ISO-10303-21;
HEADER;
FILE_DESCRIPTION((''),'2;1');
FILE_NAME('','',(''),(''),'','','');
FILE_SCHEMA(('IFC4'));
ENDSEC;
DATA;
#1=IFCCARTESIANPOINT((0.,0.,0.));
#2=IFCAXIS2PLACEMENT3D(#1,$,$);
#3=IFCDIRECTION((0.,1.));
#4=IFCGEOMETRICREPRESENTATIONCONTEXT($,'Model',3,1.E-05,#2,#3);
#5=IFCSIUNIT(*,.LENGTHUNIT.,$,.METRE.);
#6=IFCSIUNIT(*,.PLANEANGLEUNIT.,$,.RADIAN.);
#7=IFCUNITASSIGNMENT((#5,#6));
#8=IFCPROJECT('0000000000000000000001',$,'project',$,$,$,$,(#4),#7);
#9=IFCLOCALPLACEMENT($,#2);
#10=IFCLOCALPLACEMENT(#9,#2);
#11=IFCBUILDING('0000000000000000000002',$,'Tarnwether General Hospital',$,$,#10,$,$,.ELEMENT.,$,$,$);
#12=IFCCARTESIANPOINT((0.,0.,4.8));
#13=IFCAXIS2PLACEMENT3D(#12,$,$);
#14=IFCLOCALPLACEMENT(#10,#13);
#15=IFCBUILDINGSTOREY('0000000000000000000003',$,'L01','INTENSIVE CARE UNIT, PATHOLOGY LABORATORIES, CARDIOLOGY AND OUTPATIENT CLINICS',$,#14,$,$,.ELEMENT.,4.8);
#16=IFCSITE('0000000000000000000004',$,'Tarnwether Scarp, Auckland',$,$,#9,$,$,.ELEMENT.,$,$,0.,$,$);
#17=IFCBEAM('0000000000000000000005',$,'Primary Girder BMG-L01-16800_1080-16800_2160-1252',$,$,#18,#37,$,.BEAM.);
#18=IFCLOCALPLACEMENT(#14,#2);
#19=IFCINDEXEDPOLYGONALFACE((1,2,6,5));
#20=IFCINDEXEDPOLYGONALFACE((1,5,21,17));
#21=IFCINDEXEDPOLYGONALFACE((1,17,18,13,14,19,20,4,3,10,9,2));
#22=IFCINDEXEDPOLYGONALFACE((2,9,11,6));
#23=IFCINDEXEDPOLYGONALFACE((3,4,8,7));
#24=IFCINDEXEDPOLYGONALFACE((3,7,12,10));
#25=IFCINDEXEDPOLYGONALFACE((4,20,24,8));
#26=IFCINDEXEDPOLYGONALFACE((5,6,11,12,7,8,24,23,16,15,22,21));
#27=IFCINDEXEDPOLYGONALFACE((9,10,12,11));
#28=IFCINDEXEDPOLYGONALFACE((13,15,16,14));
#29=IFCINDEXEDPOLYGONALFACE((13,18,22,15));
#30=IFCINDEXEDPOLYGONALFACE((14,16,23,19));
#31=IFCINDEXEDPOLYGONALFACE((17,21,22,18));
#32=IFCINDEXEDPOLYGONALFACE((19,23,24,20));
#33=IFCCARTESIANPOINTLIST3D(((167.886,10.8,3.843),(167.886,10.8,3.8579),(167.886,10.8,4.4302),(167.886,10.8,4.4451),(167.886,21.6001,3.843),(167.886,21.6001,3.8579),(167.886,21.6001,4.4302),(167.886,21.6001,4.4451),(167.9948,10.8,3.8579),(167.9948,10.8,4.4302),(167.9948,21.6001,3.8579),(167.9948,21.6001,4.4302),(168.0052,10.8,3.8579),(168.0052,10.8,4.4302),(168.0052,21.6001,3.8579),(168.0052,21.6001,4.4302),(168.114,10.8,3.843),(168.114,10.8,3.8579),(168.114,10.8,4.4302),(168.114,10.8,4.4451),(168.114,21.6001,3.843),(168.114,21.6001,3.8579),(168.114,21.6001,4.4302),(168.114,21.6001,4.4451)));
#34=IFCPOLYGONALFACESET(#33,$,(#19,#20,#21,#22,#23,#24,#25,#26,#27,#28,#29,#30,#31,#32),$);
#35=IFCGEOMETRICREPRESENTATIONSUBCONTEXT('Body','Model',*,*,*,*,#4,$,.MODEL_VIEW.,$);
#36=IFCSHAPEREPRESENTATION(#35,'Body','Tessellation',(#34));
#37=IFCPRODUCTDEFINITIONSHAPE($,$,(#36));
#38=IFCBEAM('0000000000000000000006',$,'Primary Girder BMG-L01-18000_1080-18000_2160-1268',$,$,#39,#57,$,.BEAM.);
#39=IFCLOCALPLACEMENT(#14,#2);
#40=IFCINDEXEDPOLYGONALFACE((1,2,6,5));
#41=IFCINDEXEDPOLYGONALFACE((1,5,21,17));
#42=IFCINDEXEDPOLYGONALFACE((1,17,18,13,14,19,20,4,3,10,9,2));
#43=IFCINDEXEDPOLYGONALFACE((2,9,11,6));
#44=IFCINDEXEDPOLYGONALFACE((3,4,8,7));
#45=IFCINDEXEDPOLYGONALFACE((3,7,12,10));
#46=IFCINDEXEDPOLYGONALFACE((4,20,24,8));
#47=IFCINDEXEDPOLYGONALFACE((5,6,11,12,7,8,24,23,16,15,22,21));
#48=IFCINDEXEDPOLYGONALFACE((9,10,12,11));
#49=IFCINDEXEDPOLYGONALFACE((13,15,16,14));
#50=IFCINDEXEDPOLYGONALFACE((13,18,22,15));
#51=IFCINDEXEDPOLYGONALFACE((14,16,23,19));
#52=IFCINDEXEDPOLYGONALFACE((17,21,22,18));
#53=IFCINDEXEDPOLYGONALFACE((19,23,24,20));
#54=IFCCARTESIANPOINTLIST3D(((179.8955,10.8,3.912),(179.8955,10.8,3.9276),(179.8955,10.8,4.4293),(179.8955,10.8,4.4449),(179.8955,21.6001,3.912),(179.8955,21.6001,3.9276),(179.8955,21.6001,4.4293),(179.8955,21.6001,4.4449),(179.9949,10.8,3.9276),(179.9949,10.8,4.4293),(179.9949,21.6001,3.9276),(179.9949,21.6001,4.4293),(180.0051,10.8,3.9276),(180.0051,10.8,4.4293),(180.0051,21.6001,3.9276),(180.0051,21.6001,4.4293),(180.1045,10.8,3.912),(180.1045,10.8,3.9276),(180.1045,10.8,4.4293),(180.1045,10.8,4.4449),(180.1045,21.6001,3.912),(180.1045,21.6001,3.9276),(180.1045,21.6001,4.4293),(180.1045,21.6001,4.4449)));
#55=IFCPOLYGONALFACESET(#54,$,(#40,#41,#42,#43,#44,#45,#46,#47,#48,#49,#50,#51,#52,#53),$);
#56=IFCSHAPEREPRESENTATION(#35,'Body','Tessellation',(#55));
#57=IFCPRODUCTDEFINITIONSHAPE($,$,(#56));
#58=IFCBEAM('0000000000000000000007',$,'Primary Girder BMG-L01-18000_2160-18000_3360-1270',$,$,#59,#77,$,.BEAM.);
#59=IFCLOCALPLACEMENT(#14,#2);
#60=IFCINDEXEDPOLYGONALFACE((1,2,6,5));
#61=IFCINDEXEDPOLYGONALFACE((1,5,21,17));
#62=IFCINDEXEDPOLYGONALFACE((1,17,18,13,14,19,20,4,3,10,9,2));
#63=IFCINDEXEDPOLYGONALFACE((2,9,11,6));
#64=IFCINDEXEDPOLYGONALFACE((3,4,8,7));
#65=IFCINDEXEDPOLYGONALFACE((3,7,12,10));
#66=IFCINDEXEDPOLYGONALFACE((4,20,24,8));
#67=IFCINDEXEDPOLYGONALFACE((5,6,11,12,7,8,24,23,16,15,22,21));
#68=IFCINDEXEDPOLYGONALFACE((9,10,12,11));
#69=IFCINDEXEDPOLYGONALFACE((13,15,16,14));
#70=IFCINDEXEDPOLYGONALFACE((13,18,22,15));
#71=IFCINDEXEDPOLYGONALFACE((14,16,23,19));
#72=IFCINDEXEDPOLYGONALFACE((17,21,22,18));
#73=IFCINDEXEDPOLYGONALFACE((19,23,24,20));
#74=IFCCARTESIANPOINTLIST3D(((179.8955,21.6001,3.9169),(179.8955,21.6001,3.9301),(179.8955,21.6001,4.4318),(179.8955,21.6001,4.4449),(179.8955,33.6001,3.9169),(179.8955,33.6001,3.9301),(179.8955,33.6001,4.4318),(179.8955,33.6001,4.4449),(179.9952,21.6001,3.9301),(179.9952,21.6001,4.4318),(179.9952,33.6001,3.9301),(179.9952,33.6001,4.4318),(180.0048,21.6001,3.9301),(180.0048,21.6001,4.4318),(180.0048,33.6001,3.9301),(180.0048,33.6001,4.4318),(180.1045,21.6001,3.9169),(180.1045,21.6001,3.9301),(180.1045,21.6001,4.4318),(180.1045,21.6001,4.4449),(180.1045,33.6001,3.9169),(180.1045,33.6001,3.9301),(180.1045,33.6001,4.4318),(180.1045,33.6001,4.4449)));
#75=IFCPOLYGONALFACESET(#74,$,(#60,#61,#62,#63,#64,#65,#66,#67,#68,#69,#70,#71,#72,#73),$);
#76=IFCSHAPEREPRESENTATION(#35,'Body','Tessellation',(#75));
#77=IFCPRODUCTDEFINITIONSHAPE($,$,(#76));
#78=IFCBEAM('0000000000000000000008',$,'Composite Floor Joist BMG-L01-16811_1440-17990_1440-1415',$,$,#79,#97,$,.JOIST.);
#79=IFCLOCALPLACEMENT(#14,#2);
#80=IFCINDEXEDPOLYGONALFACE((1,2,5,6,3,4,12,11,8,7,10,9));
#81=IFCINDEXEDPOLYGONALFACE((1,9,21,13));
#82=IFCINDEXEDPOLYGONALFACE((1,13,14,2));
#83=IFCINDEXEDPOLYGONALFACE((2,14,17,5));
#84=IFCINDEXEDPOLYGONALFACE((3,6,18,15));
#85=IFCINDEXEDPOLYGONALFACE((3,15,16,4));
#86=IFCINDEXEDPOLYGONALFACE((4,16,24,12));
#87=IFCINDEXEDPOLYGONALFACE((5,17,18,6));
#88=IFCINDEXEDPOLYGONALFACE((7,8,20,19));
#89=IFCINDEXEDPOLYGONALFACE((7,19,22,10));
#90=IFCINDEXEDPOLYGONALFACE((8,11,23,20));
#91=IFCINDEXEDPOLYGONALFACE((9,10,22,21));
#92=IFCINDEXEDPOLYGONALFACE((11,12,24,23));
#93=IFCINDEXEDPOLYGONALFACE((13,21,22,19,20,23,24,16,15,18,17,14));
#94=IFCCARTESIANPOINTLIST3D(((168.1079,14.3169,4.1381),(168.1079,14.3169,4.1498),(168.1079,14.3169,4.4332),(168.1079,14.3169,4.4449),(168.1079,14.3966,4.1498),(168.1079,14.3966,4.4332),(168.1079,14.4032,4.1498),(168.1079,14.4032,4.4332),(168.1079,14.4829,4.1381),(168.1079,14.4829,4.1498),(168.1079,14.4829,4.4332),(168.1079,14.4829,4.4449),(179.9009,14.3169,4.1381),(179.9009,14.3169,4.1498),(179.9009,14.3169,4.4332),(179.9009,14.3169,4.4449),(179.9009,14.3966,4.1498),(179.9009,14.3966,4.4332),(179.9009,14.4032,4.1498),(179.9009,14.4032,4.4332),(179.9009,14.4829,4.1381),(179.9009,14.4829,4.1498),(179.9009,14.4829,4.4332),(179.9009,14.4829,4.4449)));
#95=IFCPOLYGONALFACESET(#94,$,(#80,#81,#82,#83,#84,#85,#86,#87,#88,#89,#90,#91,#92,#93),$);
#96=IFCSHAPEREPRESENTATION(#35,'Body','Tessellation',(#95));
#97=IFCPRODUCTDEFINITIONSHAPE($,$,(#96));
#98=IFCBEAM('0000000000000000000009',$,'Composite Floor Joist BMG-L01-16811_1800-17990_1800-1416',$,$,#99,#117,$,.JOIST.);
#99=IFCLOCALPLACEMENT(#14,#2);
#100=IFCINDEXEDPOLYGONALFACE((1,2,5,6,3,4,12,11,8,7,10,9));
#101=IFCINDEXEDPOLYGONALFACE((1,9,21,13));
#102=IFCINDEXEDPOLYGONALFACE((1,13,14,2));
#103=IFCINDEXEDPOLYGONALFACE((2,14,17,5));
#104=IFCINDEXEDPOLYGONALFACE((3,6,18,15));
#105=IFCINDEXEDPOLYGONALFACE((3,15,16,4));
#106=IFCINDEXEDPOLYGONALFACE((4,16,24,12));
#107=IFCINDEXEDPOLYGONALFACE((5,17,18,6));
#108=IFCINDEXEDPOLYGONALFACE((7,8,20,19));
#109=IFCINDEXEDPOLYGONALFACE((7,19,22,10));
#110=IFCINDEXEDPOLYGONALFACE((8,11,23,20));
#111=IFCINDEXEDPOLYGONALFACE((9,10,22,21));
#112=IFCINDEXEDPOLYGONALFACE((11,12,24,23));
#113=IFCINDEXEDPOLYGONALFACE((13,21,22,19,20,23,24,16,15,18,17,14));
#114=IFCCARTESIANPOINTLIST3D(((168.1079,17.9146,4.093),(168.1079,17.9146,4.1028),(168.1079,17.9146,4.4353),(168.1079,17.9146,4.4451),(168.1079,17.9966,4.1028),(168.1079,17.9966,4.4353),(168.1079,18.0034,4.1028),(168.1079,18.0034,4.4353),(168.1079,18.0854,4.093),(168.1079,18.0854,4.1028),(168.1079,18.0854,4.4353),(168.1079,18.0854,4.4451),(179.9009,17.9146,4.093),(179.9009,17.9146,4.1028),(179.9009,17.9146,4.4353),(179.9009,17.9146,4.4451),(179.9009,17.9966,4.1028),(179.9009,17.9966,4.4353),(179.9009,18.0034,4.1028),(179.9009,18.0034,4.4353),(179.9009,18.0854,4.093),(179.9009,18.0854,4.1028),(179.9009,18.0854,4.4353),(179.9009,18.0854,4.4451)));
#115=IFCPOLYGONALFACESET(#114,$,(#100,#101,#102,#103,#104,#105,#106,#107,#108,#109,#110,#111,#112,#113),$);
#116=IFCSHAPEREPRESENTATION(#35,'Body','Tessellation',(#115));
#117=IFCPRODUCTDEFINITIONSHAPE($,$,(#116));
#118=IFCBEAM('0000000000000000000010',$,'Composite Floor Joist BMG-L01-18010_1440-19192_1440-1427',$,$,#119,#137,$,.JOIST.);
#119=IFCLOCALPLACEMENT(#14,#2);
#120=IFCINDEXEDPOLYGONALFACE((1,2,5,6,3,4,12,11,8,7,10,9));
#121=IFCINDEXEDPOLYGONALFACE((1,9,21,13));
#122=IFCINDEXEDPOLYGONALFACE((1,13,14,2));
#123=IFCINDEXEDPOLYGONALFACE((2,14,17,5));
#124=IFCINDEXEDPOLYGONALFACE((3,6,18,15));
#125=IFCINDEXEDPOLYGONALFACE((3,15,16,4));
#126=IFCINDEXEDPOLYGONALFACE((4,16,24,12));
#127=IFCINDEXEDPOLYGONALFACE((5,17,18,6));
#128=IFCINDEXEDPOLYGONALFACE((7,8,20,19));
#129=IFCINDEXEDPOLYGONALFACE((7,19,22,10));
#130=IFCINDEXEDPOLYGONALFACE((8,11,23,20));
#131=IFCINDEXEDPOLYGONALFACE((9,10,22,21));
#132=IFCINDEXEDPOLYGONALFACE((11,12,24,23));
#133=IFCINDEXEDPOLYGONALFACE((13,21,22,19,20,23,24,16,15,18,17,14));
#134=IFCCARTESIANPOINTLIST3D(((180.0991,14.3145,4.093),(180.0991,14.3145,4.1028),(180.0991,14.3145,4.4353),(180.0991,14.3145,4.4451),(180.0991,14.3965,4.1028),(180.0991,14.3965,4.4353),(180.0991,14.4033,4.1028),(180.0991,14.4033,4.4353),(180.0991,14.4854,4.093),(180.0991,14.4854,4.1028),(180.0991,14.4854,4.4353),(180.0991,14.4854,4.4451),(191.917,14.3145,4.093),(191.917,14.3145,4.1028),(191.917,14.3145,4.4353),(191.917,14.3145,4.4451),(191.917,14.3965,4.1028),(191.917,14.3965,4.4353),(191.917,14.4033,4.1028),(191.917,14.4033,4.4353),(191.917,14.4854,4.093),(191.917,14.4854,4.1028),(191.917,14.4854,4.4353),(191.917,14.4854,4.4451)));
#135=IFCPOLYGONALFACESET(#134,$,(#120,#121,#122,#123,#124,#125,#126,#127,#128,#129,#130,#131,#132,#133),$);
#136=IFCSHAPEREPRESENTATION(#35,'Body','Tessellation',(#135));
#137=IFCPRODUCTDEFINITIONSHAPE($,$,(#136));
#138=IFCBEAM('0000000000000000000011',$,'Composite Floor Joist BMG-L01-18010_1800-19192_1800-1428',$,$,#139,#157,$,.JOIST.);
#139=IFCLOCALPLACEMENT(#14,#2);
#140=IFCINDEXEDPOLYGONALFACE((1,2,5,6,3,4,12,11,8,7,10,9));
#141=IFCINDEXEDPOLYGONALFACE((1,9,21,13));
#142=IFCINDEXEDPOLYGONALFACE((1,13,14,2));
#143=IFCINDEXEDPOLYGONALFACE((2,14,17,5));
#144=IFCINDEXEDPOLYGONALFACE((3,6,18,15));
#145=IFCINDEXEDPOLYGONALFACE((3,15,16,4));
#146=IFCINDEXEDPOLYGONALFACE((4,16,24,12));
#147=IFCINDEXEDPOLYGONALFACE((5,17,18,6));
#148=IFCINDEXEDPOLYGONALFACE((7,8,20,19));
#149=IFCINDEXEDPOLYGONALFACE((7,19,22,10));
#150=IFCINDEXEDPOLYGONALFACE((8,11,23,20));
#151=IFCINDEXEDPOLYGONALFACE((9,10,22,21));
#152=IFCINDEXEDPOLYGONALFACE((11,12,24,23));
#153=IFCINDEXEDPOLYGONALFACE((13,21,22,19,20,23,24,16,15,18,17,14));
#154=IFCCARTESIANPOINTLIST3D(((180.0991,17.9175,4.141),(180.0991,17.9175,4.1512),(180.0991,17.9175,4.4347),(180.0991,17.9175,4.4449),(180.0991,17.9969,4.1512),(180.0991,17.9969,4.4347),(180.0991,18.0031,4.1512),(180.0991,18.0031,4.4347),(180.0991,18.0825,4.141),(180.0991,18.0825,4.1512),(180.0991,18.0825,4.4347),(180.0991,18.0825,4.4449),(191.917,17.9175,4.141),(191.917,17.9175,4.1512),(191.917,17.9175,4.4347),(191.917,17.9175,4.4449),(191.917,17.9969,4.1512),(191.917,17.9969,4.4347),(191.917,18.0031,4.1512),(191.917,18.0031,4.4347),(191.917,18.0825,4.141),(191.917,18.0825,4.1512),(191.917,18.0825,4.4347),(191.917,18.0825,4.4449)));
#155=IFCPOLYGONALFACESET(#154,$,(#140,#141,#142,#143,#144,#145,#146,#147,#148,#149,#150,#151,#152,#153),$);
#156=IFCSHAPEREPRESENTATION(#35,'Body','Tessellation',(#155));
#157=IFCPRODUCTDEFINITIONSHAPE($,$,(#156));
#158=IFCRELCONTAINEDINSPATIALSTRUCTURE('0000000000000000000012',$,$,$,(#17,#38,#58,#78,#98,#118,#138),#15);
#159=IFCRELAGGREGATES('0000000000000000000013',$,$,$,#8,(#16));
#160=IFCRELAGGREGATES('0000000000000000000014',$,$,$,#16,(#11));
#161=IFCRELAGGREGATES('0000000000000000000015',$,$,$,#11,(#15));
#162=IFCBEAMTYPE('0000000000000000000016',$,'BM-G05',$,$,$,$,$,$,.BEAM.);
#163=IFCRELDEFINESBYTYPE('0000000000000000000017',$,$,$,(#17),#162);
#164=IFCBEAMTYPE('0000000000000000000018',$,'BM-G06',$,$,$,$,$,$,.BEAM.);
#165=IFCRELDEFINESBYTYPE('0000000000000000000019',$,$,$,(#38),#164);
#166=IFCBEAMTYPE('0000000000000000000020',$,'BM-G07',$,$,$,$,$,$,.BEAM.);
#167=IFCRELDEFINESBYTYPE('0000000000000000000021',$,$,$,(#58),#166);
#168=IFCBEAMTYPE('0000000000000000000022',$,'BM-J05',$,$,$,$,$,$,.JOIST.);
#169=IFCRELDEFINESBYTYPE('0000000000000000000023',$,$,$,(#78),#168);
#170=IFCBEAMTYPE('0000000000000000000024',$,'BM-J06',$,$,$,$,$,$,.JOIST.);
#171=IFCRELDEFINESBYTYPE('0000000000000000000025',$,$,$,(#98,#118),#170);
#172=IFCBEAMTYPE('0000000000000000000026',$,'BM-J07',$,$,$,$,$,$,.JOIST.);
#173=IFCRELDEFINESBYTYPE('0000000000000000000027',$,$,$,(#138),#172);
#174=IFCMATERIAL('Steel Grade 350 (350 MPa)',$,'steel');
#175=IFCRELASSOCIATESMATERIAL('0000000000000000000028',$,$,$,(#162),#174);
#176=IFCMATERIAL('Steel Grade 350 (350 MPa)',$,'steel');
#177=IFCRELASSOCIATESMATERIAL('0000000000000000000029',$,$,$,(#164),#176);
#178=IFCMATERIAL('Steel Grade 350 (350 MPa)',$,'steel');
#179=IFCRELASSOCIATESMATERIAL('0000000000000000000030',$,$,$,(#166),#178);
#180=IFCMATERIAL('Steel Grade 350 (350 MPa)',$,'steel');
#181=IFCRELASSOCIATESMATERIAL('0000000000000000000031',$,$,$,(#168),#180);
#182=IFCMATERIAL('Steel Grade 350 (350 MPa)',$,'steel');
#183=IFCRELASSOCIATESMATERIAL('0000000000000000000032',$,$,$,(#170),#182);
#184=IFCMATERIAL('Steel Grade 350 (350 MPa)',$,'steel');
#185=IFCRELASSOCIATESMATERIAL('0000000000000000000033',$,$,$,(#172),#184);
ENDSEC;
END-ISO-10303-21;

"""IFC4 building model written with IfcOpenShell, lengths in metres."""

from ifc_helpers import new_model, si_unit, direction, frame, origin, origin_2d, place, context, subcontext, project, spatial, i_section, extrude, material, material_profile, profile_set, type_object, element, save


model = new_model("IFC4")

# Units and contexts
model_context = context("Model", 3, precision=1e-05, world=origin(), true_north=direction((0.0, 1.0)))
body_context = subcontext(model_context, "Body", "Model", "MODEL_VIEW")
ifc_project = project(units=[si_unit("LENGTHUNIT", "METRE"), si_unit("PLANEANGLEUNIT", "RADIAN")], contexts=[model_context])

# Site, building, storey
site_placement = place(None, origin())
site = spatial("IfcSite", under=ifc_project, at=site_placement, Name="Tarnwether Scarp, Auckland", CompositionType="ELEMENT", RefElevation=0.0)
building_placement = place(site_placement, origin())
building = spatial("IfcBuilding", under=site, at=building_placement, Name="Tarnwether General Hospital", CompositionType="ELEMENT")
storey_placement = place(building_placement, frame((0.0, 0.0, 4.8)))
storey = spatial("IfcBuildingStorey", under=building, at=storey_placement, Name="L01", Description="INTENSIVE CARE UNIT, PATHOLOGY LABORATORIES, CARDIOLOGY AND OUTPATIENT CLINICS", CompositionType="ELEMENT", Elevation=4.8)

# Beams
ifc_material_1 = material(Name="Steel Grade 350 (350 MPa)", Category="steel")
ifc_material_profile_1 = material_profile(ifc_material_1, i_section(OverallWidth=0.228, OverallDepth=0.6021, WebThickness=0.0105, FlangeThickness=0.0149, at=origin_2d()), Name="610UB101")
ifc_profile_set_1 = profile_set([ifc_material_profile_1], Name="Steel Grade 350 (350 MPa)")
beam_type_1 = type_object("IfcBeamType", Name="BM-G05", PredefinedType="BEAM", material=ifc_profile_set_1)
beam_1_placement = place(storey_placement, frame((168.0, 10.8, 4.144), z_axis=(0.0, 1.0, 0.0), x_axis=(-1.0, 0.0, 0.0)))
element("IfcBeam", 1, at=beam_1_placement, inside=storey, type_object=beam_type_1, Name="Primary Girder BMG-L01-16800_1080-16800_2160-1252", PredefinedType="BEAM", context=body_context, shape_type="SweptSolid", body=[
    extrude(i_section(OverallWidth=0.228, OverallDepth=0.6021, WebThickness=0.0105, FlangeThickness=0.0149, at=origin_2d()), origin(), (0.0, 0.0, 1.0), 10.8),
])
ifc_material_2 = material(Name="Steel Grade 350 (350 MPa)", Category="steel")
ifc_material_profile_2 = material_profile(ifc_material_2, i_section(OverallWidth=0.209, OverallDepth=0.533, WebThickness=0.0103, FlangeThickness=0.0156, at=origin_2d()), Name="530UB92.4")
ifc_profile_set_2 = profile_set([ifc_material_profile_2], Name="Steel Grade 350 (350 MPa)")
beam_type_2 = type_object("IfcBeamType", Name="BM-G06", PredefinedType="BEAM", material=ifc_profile_set_2)
beam_2_placement = place(storey_placement, frame((180.0, 10.8, 4.1785), z_axis=(0.0, 1.0, 0.0), x_axis=(-1.0, 0.0, 0.0)))
element("IfcBeam", 2, at=beam_2_placement, inside=storey, type_object=beam_type_2, Name="Primary Girder BMG-L01-18000_1080-18000_2160-1268", PredefinedType="BEAM", context=body_context, shape_type="SweptSolid", body=[
    extrude(i_section(OverallWidth=0.209, OverallDepth=0.533, WebThickness=0.0103, FlangeThickness=0.0156, at=origin_2d()), origin(), (0.0, 0.0, 1.0), 10.8),
])
ifc_material_3 = material(Name="Steel Grade 350 (350 MPa)", Category="steel")
ifc_material_profile_3 = material_profile(ifc_material_3, i_section(OverallWidth=0.209, OverallDepth=0.5281, WebThickness=0.0095, FlangeThickness=0.0132, at=origin_2d()), Name="530UB82.0")
ifc_profile_set_3 = profile_set([ifc_material_profile_3], Name="Steel Grade 350 (350 MPa)")
beam_type_3 = type_object("IfcBeamType", Name="BM-G07", PredefinedType="BEAM", material=ifc_profile_set_3)
beam_3_placement = place(storey_placement, frame((180.0, 21.6001, 4.1809), z_axis=(0.0, 1.0, 0.0), x_axis=(-1.0, 0.0, 0.0)))
element("IfcBeam", 3, at=beam_3_placement, inside=storey, type_object=beam_type_3, Name="Primary Girder BMG-L01-18000_2160-18000_3360-1270", PredefinedType="BEAM", context=body_context, shape_type="SweptSolid", body=[
    extrude(i_section(OverallWidth=0.209, OverallDepth=0.5281, WebThickness=0.0095, FlangeThickness=0.0132, at=origin_2d()), origin(), (0.0, 0.0, 1.0), 12.0),
])
ifc_material_4 = material(Name="Steel Grade 350 (350 MPa)", Category="steel")
ifc_material_profile_4 = material_profile(ifc_material_4, i_section(OverallWidth=0.166, OverallDepth=0.3069, WebThickness=0.0066, FlangeThickness=0.0117, at=origin_2d()), Name="310UB46.2")
ifc_profile_set_4 = profile_set([ifc_material_profile_4], Name="Steel Grade 350 (350 MPa)")
beam_type_4 = type_object("IfcBeamType", Name="BM-J05", PredefinedType="JOIST", material=ifc_profile_set_4)
beam_4_placement = place(storey_placement, frame((168.1079, 14.3999, 4.2915), z_axis=(1.0, 0.0, 0.0), x_axis=(0.0, 1.0, 0.0)))
element("IfcBeam", 4, at=beam_4_placement, inside=storey, type_object=beam_type_4, Name="Composite Floor Joist BMG-L01-16811_1440-17990_1440-1415", PredefinedType="JOIST", context=body_context, shape_type="SweptSolid", body=[
    extrude(i_section(OverallWidth=0.166, OverallDepth=0.3069, WebThickness=0.0066, FlangeThickness=0.0117, at=origin_2d()), origin(), (0.0, 0.0, 1.0), 11.793),
])
ifc_material_5 = material(Name="Steel Grade 350 (350 MPa)", Category="steel")
ifc_material_profile_5 = material_profile(ifc_material_5, i_section(OverallWidth=0.1709, OverallDepth=0.3521, WebThickness=0.0068, FlangeThickness=0.0098, at=origin_2d()), Name="360UB44.7")
ifc_profile_set_5 = profile_set([ifc_material_profile_5], Name="Steel Grade 350 (350 MPa)")
beam_type_5 = type_object("IfcBeamType", Name="BM-J06", PredefinedType="JOIST", material=ifc_profile_set_5)
beam_5_placement = place(storey_placement, frame((168.1079, 18.0, 4.269), z_axis=(1.0, 0.0, 0.0), x_axis=(0.0, 1.0, 0.0)))
element("IfcBeam", 5, at=beam_5_placement, inside=storey, type_object=beam_type_5, Name="Composite Floor Joist BMG-L01-16811_1800-17990_1800-1416", PredefinedType="JOIST", context=body_context, shape_type="SweptSolid", body=[
    extrude(i_section(OverallWidth=0.1709, OverallDepth=0.3521, WebThickness=0.0068, FlangeThickness=0.0098, at=origin_2d()), origin(), (0.0, 0.0, 1.0), 11.793),
])
beam_6_placement = place(storey_placement, frame((180.0991, 14.3999, 4.269), z_axis=(1.0, 0.0, 0.0), x_axis=(0.0, 1.0, 0.0)))
element("IfcBeam", 6, at=beam_6_placement, inside=storey, type_object=beam_type_5, Name="Composite Floor Joist BMG-L01-18010_1440-19192_1440-1427", PredefinedType="JOIST", context=body_context, shape_type="SweptSolid", body=[
    extrude(i_section(OverallWidth=0.1709, OverallDepth=0.3521, WebThickness=0.0068, FlangeThickness=0.0098, at=origin_2d()), origin(), (0.0, 0.0, 1.0), 11.8179),
])
ifc_material_6 = material(Name="Steel Grade 350 (350 MPa)", Category="steel")
ifc_material_profile_6 = material_profile(ifc_material_6, i_section(OverallWidth=0.165, OverallDepth=0.304, WebThickness=0.0061, FlangeThickness=0.0103, at=origin_2d()), Name="310UB40.4")
ifc_profile_set_6 = profile_set([ifc_material_profile_6], Name="Steel Grade 350 (350 MPa)")
beam_type_6 = type_object("IfcBeamType", Name="BM-J07", PredefinedType="JOIST", material=ifc_profile_set_6)
beam_7_placement = place(storey_placement, frame((180.0991, 18.0, 4.293), z_axis=(1.0, 0.0, 0.0), x_axis=(0.0, 1.0, 0.0)))
element("IfcBeam", 7, at=beam_7_placement, inside=storey, type_object=beam_type_6, Name="Composite Floor Joist BMG-L01-18010_1800-19192_1800-1428", PredefinedType="JOIST", context=body_context, shape_type="SweptSolid", body=[
    extrude(i_section(OverallWidth=0.165, OverallDepth=0.304, WebThickness=0.0061, FlangeThickness=0.0103, at=origin_2d()), origin(), (0.0, 0.0, 1.0), 11.8179),
])

save(model, "model.ifc")
